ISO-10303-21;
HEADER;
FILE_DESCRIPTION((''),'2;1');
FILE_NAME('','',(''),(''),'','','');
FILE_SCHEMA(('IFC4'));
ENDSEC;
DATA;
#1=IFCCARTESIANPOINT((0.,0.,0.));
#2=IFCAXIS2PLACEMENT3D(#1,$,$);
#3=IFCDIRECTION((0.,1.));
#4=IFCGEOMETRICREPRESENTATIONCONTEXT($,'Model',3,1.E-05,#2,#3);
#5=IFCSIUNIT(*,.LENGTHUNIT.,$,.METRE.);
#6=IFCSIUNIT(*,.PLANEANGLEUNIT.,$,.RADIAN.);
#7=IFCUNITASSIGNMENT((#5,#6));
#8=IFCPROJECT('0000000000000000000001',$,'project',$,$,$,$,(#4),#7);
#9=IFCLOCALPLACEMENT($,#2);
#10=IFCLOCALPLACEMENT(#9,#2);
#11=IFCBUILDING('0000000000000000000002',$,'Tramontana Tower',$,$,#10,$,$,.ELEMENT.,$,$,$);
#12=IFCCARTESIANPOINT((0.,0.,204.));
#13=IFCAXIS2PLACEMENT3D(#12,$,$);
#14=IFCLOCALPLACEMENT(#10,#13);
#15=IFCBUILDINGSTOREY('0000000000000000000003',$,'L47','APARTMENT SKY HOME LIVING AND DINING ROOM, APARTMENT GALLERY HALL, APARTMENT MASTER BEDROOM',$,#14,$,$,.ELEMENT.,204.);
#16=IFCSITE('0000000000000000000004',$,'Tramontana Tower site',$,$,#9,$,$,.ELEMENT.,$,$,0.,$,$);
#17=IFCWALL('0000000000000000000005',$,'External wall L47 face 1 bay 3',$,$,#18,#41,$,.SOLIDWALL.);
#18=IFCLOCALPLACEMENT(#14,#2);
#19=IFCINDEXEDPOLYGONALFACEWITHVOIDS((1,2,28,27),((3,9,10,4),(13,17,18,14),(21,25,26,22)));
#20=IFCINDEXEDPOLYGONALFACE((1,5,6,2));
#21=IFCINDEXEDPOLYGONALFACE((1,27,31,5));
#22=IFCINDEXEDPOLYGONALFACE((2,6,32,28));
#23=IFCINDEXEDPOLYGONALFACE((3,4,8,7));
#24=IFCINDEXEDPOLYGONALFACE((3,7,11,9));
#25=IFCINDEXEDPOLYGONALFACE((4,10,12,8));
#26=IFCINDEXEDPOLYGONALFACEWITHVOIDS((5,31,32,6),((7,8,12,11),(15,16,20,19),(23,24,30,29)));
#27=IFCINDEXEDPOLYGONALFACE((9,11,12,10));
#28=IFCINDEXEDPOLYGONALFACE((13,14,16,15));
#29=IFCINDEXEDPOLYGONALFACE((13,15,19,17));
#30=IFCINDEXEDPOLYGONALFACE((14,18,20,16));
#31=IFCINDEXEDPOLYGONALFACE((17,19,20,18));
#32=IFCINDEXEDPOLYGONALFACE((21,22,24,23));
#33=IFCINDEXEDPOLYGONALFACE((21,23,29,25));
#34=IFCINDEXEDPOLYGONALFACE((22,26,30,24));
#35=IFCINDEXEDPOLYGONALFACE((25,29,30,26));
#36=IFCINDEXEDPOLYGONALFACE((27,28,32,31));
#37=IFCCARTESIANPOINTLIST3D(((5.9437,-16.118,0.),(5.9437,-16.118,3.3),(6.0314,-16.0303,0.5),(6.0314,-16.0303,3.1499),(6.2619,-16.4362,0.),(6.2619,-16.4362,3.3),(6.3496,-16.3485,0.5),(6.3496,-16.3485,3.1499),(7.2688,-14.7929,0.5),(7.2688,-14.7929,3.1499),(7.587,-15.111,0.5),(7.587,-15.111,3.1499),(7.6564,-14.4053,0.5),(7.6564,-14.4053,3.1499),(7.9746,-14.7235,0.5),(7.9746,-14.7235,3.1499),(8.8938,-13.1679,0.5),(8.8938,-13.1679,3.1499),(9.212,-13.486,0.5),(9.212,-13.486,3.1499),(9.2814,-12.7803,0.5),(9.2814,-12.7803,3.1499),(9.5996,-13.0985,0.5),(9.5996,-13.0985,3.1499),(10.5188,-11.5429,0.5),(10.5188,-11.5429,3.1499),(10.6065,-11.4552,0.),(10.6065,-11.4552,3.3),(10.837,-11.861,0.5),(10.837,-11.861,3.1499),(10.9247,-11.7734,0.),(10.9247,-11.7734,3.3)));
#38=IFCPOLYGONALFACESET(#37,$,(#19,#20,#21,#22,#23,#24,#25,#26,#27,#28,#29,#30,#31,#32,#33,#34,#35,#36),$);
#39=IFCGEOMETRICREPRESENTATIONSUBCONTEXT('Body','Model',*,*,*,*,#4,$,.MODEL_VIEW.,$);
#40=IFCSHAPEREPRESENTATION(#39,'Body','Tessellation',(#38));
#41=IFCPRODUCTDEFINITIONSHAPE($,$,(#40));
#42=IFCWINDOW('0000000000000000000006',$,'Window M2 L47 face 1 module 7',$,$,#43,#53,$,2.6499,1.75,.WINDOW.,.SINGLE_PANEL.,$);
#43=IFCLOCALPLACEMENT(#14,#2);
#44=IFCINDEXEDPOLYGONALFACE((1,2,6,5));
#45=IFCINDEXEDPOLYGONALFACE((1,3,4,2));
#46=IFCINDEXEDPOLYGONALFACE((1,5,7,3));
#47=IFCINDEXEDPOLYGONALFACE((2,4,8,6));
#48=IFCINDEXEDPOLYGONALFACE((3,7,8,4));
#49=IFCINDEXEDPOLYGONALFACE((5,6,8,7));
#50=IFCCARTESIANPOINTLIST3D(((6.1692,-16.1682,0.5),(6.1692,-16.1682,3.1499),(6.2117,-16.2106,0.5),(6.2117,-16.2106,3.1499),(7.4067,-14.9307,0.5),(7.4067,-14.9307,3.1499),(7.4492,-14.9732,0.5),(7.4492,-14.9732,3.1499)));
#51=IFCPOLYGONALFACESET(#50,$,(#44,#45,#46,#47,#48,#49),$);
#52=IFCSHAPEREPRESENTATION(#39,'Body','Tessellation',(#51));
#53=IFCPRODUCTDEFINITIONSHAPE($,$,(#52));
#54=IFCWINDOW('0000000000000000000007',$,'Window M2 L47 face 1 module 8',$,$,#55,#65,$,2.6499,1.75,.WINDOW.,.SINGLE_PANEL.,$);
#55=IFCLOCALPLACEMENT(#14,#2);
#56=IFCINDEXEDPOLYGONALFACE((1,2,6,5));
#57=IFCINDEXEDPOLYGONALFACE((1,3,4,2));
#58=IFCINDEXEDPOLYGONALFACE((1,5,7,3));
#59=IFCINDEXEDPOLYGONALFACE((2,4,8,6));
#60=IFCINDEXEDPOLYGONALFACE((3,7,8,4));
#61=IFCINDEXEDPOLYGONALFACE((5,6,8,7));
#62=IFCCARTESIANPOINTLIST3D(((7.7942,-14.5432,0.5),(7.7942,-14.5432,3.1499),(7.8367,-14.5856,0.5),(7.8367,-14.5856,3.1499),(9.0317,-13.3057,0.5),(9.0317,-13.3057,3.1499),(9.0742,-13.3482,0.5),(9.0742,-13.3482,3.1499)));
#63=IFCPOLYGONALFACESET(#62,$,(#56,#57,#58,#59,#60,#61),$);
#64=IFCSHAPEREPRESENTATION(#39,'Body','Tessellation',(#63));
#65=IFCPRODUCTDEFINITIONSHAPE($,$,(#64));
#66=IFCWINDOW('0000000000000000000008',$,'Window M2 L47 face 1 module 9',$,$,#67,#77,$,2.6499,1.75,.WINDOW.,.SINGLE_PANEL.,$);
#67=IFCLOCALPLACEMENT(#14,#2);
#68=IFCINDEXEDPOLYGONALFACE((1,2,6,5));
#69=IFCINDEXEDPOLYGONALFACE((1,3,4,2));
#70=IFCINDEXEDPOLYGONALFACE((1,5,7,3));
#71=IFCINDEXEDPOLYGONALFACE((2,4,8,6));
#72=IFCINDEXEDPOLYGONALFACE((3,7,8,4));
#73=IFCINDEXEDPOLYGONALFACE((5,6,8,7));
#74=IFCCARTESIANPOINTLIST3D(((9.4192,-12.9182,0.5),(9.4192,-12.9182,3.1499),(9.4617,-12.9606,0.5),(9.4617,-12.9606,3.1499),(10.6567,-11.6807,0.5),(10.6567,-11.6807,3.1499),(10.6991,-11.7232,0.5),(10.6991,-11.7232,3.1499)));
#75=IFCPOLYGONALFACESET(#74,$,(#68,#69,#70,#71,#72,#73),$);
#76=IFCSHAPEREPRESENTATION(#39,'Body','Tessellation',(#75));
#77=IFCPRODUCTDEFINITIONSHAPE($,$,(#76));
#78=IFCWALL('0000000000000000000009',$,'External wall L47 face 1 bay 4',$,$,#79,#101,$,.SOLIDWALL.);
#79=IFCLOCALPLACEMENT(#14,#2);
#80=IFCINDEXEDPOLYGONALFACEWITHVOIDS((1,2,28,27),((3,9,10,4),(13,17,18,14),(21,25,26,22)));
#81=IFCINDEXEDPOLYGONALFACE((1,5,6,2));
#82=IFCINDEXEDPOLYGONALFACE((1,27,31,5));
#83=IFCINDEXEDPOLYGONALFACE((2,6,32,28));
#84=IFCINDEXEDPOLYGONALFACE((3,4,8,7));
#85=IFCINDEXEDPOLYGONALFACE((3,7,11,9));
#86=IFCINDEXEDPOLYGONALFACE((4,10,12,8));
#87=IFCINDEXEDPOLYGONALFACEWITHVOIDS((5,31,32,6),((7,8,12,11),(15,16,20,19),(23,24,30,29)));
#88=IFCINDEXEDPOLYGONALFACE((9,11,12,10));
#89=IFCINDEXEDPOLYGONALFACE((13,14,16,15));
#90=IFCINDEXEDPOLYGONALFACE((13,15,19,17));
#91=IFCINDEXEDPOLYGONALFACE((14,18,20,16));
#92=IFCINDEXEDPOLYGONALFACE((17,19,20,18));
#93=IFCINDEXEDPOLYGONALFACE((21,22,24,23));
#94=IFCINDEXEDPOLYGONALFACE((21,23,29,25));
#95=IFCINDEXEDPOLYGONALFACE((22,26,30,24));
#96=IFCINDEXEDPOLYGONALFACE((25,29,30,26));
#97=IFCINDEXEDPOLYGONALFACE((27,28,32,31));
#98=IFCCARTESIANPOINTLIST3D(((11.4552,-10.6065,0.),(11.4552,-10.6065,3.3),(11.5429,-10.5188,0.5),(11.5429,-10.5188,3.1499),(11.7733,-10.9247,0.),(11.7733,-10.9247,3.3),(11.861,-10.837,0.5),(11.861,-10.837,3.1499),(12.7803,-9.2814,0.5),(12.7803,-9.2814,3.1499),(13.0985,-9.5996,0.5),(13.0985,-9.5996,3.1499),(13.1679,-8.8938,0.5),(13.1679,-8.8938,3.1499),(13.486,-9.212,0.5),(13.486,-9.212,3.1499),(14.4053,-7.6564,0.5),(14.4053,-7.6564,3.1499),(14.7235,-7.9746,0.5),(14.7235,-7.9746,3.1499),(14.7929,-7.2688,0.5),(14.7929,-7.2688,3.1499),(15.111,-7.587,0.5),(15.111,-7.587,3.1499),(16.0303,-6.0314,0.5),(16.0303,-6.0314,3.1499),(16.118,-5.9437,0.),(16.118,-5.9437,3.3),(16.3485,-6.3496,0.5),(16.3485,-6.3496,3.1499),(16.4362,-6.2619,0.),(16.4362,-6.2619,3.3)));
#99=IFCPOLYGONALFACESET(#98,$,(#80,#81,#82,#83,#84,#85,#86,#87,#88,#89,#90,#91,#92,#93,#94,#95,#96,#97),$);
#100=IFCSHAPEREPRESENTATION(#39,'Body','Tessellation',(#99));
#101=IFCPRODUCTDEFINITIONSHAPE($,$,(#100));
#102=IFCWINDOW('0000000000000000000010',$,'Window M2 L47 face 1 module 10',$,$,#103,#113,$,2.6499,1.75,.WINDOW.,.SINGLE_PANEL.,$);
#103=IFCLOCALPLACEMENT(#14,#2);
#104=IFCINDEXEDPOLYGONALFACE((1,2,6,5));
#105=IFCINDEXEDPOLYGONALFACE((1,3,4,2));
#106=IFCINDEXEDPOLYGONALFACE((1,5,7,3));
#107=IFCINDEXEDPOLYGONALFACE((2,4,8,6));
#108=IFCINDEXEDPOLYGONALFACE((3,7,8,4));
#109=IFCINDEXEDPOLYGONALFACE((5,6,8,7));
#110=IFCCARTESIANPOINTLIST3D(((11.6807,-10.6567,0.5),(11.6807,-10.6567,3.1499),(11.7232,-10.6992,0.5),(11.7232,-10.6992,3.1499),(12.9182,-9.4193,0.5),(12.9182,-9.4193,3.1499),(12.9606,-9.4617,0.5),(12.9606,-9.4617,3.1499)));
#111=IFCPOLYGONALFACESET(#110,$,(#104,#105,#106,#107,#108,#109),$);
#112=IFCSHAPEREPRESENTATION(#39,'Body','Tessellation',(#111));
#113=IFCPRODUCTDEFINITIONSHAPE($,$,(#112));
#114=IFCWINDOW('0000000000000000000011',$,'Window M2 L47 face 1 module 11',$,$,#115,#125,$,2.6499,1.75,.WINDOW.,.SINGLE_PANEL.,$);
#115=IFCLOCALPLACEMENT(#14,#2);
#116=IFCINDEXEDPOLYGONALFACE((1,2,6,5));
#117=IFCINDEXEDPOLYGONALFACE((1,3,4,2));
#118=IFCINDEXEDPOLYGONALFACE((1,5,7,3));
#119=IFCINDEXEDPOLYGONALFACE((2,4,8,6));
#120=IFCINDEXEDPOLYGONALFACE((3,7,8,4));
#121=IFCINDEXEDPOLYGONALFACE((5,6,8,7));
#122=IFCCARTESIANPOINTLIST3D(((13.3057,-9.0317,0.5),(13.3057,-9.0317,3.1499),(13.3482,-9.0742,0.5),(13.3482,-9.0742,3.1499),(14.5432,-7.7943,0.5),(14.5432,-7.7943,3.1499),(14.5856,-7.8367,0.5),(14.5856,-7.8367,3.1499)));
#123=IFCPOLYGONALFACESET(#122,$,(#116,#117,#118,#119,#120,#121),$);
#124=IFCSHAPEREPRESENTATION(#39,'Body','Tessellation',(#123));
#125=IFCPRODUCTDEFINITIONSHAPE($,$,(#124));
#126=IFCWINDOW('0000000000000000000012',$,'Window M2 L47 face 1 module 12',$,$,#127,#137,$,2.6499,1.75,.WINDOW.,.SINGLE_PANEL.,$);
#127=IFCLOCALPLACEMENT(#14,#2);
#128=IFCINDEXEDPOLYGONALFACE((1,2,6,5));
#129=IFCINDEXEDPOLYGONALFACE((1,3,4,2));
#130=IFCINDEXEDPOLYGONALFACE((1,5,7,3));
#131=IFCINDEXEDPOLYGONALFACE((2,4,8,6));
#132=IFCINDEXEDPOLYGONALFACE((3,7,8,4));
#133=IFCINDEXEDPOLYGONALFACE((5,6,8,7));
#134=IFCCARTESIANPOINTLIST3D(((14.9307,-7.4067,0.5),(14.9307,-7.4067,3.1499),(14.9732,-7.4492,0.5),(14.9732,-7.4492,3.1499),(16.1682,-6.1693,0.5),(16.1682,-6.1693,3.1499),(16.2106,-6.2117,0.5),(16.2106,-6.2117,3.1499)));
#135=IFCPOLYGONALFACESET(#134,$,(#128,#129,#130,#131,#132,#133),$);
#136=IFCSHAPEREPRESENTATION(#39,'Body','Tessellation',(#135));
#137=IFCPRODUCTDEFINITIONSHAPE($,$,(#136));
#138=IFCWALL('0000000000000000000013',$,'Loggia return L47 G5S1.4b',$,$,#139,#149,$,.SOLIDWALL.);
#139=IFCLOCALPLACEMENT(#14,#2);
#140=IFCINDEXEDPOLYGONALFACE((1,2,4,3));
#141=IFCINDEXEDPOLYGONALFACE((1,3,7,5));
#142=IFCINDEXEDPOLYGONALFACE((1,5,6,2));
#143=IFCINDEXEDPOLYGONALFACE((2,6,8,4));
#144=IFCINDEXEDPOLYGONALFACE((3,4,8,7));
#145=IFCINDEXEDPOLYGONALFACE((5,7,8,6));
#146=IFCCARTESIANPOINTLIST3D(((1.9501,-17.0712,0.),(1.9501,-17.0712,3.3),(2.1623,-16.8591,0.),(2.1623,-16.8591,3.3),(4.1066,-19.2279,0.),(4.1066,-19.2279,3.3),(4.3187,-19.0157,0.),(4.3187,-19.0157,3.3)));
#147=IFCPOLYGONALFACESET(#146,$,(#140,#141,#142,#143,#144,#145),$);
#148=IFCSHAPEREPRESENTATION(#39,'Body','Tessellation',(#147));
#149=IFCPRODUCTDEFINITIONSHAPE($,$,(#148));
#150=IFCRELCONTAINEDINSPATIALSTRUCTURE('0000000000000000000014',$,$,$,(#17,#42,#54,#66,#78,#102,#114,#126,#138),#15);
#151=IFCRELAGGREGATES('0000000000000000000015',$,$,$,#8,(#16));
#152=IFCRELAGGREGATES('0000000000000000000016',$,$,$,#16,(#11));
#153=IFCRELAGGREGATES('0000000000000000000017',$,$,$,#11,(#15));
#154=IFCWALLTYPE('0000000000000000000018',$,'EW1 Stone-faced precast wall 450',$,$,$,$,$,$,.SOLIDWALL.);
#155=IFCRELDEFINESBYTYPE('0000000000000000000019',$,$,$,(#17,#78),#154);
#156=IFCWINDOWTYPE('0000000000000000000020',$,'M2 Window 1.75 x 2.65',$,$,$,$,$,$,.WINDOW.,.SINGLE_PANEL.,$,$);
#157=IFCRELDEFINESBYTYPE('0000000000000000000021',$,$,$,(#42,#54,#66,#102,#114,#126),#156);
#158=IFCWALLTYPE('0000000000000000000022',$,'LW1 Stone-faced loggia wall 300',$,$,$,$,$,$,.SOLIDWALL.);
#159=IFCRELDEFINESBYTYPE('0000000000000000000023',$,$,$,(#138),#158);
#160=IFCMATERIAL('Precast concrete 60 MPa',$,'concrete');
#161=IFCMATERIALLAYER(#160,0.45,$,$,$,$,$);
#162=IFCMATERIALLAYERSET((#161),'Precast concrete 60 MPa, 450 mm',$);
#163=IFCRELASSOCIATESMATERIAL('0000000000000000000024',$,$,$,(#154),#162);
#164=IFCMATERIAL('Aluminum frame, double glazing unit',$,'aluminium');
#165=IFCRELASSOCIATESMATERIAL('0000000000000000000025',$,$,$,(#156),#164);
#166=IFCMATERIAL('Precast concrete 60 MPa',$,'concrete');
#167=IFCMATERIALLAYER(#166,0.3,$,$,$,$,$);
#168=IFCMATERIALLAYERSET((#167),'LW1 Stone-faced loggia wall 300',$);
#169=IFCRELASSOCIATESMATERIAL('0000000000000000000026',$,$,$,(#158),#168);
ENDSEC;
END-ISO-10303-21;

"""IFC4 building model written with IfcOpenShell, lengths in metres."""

from ifc_helpers import new_model, si_unit, direction, frame, frame_2d, origin, place, context, subcontext, project, spatial, rectangle, extrude, material, layer, layer_set, type_object, element, fill, save


model = new_model("IFC4")

# Units and contexts
model_context = context("Model", 3, precision=1e-05, world=origin(), true_north=direction((0.0, 1.0)))
body_context = subcontext(model_context, "Body", "Model", "MODEL_VIEW")
ifc_project = project(units=[si_unit("LENGTHUNIT", "METRE"), si_unit("PLANEANGLEUNIT", "RADIAN")], contexts=[model_context])

# Site, building, storey
site_placement = place(None, origin())
site = spatial("IfcSite", under=ifc_project, at=site_placement, Name="Tramontana Tower site", CompositionType="ELEMENT", RefElevation=0.0)
building_placement = place(site_placement, origin())
building = spatial("IfcBuilding", under=site, at=building_placement, Name="Tramontana Tower", CompositionType="ELEMENT")
storey_placement = place(building_placement, frame((0.0, 0.0, 204.0)))
storey = spatial("IfcBuildingStorey", under=building, at=storey_placement, Name="L47", Description="APARTMENT SKY HOME LIVING AND DINING ROOM, APARTMENT GALLERY HALL, APARTMENT MASTER BEDROOM", CompositionType="ELEMENT", Elevation=204.0)

# Walls, openings, windows
ifc_material_1 = material(Name="Precast concrete 60 MPa", Category="concrete")
ifc_layer_1 = layer(ifc_material_1, 0.45)
ifc_layer_set_1 = layer_set([ifc_layer_1], Name="Precast concrete 60 MPa, 450 mm")
wall_type_1 = type_object("IfcWallType", Name="EW1 Stone-faced precast wall 450", PredefinedType="SOLIDWALL", material=ifc_layer_set_1)
wall_1_placement = place(storey_placement, frame((6.1028, -16.2771, 0.0), z_axis=(0.0, 0.0, 1.0), x_axis=(0.707107, 0.707107, 0.0)))
wall_1 = element("IfcWall", 1, at=wall_1_placement, inside=storey, type_object=wall_type_1, Name="External wall L47 face 1 bay 3", PredefinedType="SOLIDWALL", context=body_context, shape_type="SweptSolid", body=[
    extrude(rectangle(XDim=6.5942, YDim=0.45, at=frame_2d((3.2971, 0.0))), origin(), (0.0, 0.0, 1.0), 3.3),
])
opening_1_placement = place(wall_1_placement, frame((0.124, 0.0, 0.5)))
opening_1 = element("IfcOpeningElement", 2, at=opening_1_placement, cuts=wall_1, PredefinedType="OPENING", context=body_context, shape_type="SweptSolid", body=[
    extrude(rectangle(XDim=1.75, YDim=2.6499, at=frame_2d((0.875, 1.325))), frame((0.0, 0.2349, 0.0), z_axis=(0.0, -1.0, 0.0), x_axis=(1.0, 0.0, 0.0)), (0.0, 0.0, 1.0), 0.47),
])
opening_2_placement = place(wall_1_placement, frame((2.4221, 0.0, 0.5)))
opening_2 = element("IfcOpeningElement", 3, at=opening_2_placement, cuts=wall_1, PredefinedType="OPENING", context=body_context, shape_type="SweptSolid", body=[
    extrude(rectangle(XDim=1.75, YDim=2.6499, at=frame_2d((0.875, 1.325))), frame((0.0, 0.2349, 0.0), z_axis=(0.0, -1.0, 0.0), x_axis=(1.0, 0.0, 0.0)), (0.0, 0.0, 1.0), 0.47),
])
opening_3_placement = place(wall_1_placement, frame((4.7202, 0.0, 0.5)))
opening_3 = element("IfcOpeningElement", 4, at=opening_3_placement, cuts=wall_1, PredefinedType="OPENING", context=body_context, shape_type="SweptSolid", body=[
    extrude(rectangle(XDim=1.75, YDim=2.6499, at=frame_2d((0.875, 1.325))), frame((0.0, 0.2349, 0.0), z_axis=(0.0, -1.0, 0.0), x_axis=(1.0, 0.0, 0.0)), (0.0, 0.0, 1.0), 0.47),
])
ifc_material_2 = material(Name="Aluminum frame, double glazing unit", Category="aluminium")
window_type = type_object("IfcWindowType", Name="M2 Window 1.75 x 2.65", PartitioningType="SINGLE_PANEL", PredefinedType="WINDOW", material=ifc_material_2)
window_1_placement = place(opening_1_placement, origin())
window_1 = element("IfcWindow", 5, at=window_1_placement, inside=storey, type_object=window_type, Name="Window M2 L47 face 1 module 7", OverallHeight=2.6499, OverallWidth=1.75, PartitioningType="SINGLE_PANEL", PredefinedType="WINDOW", context=body_context, shape_type="SweptSolid", body=[
    extrude(rectangle(XDim=1.75, YDim=2.6499, at=frame_2d((0.875, 1.325))), frame((0.0, 0.03, 0.0), z_axis=(0.0, -1.0, 0.0), x_axis=(1.0, 0.0, 0.0)), (0.0, 0.0, 1.0), 0.0601),
])
fill(opening_1, window_1)
window_2_placement = place(opening_2_placement, origin())
window_2 = element("IfcWindow", 6, at=window_2_placement, inside=storey, type_object=window_type, Name="Window M2 L47 face 1 module 8", OverallHeight=2.6499, OverallWidth=1.75, PartitioningType="SINGLE_PANEL", PredefinedType="WINDOW", context=body_context, shape_type="SweptSolid", body=[
    extrude(rectangle(XDim=1.75, YDim=2.6499, at=frame_2d((0.875, 1.325))), frame((0.0, 0.03, 0.0), z_axis=(0.0, -1.0, 0.0), x_axis=(1.0, 0.0, 0.0)), (0.0, 0.0, 1.0), 0.0601),
])
fill(opening_2, window_2)
window_3_placement = place(opening_3_placement, origin())
window_3 = element("IfcWindow", 7, at=window_3_placement, inside=storey, type_object=window_type, Name="Window M2 L47 face 1 module 9", OverallHeight=2.6499, OverallWidth=1.75, PartitioningType="SINGLE_PANEL", PredefinedType="WINDOW", context=body_context, shape_type="SweptSolid", body=[
    extrude(rectangle(XDim=1.75, YDim=2.6499, at=frame_2d((0.875, 1.325))), frame((0.0, 0.03, 0.0), z_axis=(0.0, -1.0, 0.0), x_axis=(1.0, 0.0, 0.0)), (0.0, 0.0, 1.0), 0.0601),
])
fill(opening_3, window_3)
wall_2_placement = place(storey_placement, frame((11.6143, -10.7656, 0.0), z_axis=(0.0, 0.0, 1.0), x_axis=(0.707107, 0.707107, 0.0)))
wall_2 = element("IfcWall", 8, at=wall_2_placement, inside=storey, type_object=wall_type_1, Name="External wall L47 face 1 bay 4", PredefinedType="SOLIDWALL", context=body_context, shape_type="SweptSolid", body=[
    extrude(rectangle(XDim=6.5942, YDim=0.45, at=frame_2d((3.2971, 0.0))), origin(), (0.0, 0.0, 1.0), 3.3),
])
opening_4_placement = place(wall_2_placement, frame((0.124, 0.0, 0.5)))
opening_4 = element("IfcOpeningElement", 9, at=opening_4_placement, cuts=wall_2, PredefinedType="OPENING", context=body_context, shape_type="SweptSolid", body=[
    extrude(rectangle(XDim=1.75, YDim=2.6499, at=frame_2d((0.875, 1.325))), frame((0.0, 0.2349, 0.0), z_axis=(0.0, -1.0, 0.0), x_axis=(1.0, 0.0, 0.0)), (0.0, 0.0, 1.0), 0.47),
])
opening_5_placement = place(wall_2_placement, frame((2.4221, 0.0, 0.5)))
opening_5 = element("IfcOpeningElement", 10, at=opening_5_placement, cuts=wall_2, PredefinedType="OPENING", context=body_context, shape_type="SweptSolid", body=[
    extrude(rectangle(XDim=1.75, YDim=2.6499, at=frame_2d((0.875, 1.325))), frame((0.0, 0.2349, 0.0), z_axis=(0.0, -1.0, 0.0), x_axis=(1.0, 0.0, 0.0)), (0.0, 0.0, 1.0), 0.47),
])
opening_6_placement = place(wall_2_placement, frame((4.7202, 0.0, 0.5)))
opening_6 = element("IfcOpeningElement", 11, at=opening_6_placement, cuts=wall_2, PredefinedType="OPENING", context=body_context, shape_type="SweptSolid", body=[
    extrude(rectangle(XDim=1.75, YDim=2.6499, at=frame_2d((0.875, 1.325))), frame((0.0, 0.2349, 0.0), z_axis=(0.0, -1.0, 0.0), x_axis=(1.0, 0.0, 0.0)), (0.0, 0.0, 1.0), 0.47),
])
window_4_placement = place(opening_4_placement, origin())
window_4 = element("IfcWindow", 12, at=window_4_placement, inside=storey, type_object=window_type, Name="Window M2 L47 face 1 module 10", OverallHeight=2.6499, OverallWidth=1.75, PartitioningType="SINGLE_PANEL", PredefinedType="WINDOW", context=body_context, shape_type="SweptSolid", body=[
    extrude(rectangle(XDim=1.75, YDim=2.6499, at=frame_2d((0.875, 1.325))), frame((0.0, 0.03, 0.0), z_axis=(0.0, -1.0, 0.0), x_axis=(1.0, 0.0, 0.0)), (0.0, 0.0, 1.0), 0.0601),
])
fill(opening_4, window_4)
window_5_placement = place(opening_5_placement, origin())
window_5 = element("IfcWindow", 13, at=window_5_placement, inside=storey, type_object=window_type, Name="Window M2 L47 face 1 module 11", OverallHeight=2.6499, OverallWidth=1.75, PartitioningType="SINGLE_PANEL", PredefinedType="WINDOW", context=body_context, shape_type="SweptSolid", body=[
    extrude(rectangle(XDim=1.75, YDim=2.6499, at=frame_2d((0.875, 1.325))), frame((0.0, 0.03, 0.0), z_axis=(0.0, -1.0, 0.0), x_axis=(1.0, 0.0, 0.0)), (0.0, 0.0, 1.0), 0.0601),
])
fill(opening_5, window_5)
window_6_placement = place(opening_6_placement, origin())
window_6 = element("IfcWindow", 14, at=window_6_placement, inside=storey, type_object=window_type, Name="Window M2 L47 face 1 module 12", OverallHeight=2.6499, OverallWidth=1.75, PartitioningType="SINGLE_PANEL", PredefinedType="WINDOW", context=body_context, shape_type="SweptSolid", body=[
    extrude(rectangle(XDim=1.75, YDim=2.6499, at=frame_2d((0.875, 1.325))), frame((0.0, 0.03, 0.0), z_axis=(0.0, -1.0, 0.0), x_axis=(1.0, 0.0, 0.0)), (0.0, 0.0, 1.0), 0.0601),
])
fill(opening_6, window_6)

# Wall
ifc_material_3 = material(Name="Precast concrete 60 MPa", Category="concrete")
ifc_layer_2 = layer(ifc_material_3, 0.3)
ifc_layer_set_2 = layer_set([ifc_layer_2], Name="LW1 Stone-faced loggia wall 300")
wall_type_2 = type_object("IfcWallType", Name="LW1 Stone-faced loggia wall 300", PredefinedType="SOLIDWALL", material=ifc_layer_set_2)
wall_3_placement = place(storey_placement, frame((4.2126, -19.1218, 0.0), z_axis=(0.0, 0.0, 1.0), x_axis=(-0.707067, 0.707147, 0.0)))
element("IfcWall", 15, at=wall_3_placement, inside=storey, type_object=wall_type_2, Name="Loggia return L47 G5S1.4b", PredefinedType="SOLIDWALL", context=body_context, shape_type="SweptSolid", body=[
    extrude(rectangle(XDim=3.0498, YDim=0.3, at=frame_2d((1.5249, 0.0))), origin(), (0.0, 0.0, 1.0), 3.3),
])

save(model, "model.ifc")
